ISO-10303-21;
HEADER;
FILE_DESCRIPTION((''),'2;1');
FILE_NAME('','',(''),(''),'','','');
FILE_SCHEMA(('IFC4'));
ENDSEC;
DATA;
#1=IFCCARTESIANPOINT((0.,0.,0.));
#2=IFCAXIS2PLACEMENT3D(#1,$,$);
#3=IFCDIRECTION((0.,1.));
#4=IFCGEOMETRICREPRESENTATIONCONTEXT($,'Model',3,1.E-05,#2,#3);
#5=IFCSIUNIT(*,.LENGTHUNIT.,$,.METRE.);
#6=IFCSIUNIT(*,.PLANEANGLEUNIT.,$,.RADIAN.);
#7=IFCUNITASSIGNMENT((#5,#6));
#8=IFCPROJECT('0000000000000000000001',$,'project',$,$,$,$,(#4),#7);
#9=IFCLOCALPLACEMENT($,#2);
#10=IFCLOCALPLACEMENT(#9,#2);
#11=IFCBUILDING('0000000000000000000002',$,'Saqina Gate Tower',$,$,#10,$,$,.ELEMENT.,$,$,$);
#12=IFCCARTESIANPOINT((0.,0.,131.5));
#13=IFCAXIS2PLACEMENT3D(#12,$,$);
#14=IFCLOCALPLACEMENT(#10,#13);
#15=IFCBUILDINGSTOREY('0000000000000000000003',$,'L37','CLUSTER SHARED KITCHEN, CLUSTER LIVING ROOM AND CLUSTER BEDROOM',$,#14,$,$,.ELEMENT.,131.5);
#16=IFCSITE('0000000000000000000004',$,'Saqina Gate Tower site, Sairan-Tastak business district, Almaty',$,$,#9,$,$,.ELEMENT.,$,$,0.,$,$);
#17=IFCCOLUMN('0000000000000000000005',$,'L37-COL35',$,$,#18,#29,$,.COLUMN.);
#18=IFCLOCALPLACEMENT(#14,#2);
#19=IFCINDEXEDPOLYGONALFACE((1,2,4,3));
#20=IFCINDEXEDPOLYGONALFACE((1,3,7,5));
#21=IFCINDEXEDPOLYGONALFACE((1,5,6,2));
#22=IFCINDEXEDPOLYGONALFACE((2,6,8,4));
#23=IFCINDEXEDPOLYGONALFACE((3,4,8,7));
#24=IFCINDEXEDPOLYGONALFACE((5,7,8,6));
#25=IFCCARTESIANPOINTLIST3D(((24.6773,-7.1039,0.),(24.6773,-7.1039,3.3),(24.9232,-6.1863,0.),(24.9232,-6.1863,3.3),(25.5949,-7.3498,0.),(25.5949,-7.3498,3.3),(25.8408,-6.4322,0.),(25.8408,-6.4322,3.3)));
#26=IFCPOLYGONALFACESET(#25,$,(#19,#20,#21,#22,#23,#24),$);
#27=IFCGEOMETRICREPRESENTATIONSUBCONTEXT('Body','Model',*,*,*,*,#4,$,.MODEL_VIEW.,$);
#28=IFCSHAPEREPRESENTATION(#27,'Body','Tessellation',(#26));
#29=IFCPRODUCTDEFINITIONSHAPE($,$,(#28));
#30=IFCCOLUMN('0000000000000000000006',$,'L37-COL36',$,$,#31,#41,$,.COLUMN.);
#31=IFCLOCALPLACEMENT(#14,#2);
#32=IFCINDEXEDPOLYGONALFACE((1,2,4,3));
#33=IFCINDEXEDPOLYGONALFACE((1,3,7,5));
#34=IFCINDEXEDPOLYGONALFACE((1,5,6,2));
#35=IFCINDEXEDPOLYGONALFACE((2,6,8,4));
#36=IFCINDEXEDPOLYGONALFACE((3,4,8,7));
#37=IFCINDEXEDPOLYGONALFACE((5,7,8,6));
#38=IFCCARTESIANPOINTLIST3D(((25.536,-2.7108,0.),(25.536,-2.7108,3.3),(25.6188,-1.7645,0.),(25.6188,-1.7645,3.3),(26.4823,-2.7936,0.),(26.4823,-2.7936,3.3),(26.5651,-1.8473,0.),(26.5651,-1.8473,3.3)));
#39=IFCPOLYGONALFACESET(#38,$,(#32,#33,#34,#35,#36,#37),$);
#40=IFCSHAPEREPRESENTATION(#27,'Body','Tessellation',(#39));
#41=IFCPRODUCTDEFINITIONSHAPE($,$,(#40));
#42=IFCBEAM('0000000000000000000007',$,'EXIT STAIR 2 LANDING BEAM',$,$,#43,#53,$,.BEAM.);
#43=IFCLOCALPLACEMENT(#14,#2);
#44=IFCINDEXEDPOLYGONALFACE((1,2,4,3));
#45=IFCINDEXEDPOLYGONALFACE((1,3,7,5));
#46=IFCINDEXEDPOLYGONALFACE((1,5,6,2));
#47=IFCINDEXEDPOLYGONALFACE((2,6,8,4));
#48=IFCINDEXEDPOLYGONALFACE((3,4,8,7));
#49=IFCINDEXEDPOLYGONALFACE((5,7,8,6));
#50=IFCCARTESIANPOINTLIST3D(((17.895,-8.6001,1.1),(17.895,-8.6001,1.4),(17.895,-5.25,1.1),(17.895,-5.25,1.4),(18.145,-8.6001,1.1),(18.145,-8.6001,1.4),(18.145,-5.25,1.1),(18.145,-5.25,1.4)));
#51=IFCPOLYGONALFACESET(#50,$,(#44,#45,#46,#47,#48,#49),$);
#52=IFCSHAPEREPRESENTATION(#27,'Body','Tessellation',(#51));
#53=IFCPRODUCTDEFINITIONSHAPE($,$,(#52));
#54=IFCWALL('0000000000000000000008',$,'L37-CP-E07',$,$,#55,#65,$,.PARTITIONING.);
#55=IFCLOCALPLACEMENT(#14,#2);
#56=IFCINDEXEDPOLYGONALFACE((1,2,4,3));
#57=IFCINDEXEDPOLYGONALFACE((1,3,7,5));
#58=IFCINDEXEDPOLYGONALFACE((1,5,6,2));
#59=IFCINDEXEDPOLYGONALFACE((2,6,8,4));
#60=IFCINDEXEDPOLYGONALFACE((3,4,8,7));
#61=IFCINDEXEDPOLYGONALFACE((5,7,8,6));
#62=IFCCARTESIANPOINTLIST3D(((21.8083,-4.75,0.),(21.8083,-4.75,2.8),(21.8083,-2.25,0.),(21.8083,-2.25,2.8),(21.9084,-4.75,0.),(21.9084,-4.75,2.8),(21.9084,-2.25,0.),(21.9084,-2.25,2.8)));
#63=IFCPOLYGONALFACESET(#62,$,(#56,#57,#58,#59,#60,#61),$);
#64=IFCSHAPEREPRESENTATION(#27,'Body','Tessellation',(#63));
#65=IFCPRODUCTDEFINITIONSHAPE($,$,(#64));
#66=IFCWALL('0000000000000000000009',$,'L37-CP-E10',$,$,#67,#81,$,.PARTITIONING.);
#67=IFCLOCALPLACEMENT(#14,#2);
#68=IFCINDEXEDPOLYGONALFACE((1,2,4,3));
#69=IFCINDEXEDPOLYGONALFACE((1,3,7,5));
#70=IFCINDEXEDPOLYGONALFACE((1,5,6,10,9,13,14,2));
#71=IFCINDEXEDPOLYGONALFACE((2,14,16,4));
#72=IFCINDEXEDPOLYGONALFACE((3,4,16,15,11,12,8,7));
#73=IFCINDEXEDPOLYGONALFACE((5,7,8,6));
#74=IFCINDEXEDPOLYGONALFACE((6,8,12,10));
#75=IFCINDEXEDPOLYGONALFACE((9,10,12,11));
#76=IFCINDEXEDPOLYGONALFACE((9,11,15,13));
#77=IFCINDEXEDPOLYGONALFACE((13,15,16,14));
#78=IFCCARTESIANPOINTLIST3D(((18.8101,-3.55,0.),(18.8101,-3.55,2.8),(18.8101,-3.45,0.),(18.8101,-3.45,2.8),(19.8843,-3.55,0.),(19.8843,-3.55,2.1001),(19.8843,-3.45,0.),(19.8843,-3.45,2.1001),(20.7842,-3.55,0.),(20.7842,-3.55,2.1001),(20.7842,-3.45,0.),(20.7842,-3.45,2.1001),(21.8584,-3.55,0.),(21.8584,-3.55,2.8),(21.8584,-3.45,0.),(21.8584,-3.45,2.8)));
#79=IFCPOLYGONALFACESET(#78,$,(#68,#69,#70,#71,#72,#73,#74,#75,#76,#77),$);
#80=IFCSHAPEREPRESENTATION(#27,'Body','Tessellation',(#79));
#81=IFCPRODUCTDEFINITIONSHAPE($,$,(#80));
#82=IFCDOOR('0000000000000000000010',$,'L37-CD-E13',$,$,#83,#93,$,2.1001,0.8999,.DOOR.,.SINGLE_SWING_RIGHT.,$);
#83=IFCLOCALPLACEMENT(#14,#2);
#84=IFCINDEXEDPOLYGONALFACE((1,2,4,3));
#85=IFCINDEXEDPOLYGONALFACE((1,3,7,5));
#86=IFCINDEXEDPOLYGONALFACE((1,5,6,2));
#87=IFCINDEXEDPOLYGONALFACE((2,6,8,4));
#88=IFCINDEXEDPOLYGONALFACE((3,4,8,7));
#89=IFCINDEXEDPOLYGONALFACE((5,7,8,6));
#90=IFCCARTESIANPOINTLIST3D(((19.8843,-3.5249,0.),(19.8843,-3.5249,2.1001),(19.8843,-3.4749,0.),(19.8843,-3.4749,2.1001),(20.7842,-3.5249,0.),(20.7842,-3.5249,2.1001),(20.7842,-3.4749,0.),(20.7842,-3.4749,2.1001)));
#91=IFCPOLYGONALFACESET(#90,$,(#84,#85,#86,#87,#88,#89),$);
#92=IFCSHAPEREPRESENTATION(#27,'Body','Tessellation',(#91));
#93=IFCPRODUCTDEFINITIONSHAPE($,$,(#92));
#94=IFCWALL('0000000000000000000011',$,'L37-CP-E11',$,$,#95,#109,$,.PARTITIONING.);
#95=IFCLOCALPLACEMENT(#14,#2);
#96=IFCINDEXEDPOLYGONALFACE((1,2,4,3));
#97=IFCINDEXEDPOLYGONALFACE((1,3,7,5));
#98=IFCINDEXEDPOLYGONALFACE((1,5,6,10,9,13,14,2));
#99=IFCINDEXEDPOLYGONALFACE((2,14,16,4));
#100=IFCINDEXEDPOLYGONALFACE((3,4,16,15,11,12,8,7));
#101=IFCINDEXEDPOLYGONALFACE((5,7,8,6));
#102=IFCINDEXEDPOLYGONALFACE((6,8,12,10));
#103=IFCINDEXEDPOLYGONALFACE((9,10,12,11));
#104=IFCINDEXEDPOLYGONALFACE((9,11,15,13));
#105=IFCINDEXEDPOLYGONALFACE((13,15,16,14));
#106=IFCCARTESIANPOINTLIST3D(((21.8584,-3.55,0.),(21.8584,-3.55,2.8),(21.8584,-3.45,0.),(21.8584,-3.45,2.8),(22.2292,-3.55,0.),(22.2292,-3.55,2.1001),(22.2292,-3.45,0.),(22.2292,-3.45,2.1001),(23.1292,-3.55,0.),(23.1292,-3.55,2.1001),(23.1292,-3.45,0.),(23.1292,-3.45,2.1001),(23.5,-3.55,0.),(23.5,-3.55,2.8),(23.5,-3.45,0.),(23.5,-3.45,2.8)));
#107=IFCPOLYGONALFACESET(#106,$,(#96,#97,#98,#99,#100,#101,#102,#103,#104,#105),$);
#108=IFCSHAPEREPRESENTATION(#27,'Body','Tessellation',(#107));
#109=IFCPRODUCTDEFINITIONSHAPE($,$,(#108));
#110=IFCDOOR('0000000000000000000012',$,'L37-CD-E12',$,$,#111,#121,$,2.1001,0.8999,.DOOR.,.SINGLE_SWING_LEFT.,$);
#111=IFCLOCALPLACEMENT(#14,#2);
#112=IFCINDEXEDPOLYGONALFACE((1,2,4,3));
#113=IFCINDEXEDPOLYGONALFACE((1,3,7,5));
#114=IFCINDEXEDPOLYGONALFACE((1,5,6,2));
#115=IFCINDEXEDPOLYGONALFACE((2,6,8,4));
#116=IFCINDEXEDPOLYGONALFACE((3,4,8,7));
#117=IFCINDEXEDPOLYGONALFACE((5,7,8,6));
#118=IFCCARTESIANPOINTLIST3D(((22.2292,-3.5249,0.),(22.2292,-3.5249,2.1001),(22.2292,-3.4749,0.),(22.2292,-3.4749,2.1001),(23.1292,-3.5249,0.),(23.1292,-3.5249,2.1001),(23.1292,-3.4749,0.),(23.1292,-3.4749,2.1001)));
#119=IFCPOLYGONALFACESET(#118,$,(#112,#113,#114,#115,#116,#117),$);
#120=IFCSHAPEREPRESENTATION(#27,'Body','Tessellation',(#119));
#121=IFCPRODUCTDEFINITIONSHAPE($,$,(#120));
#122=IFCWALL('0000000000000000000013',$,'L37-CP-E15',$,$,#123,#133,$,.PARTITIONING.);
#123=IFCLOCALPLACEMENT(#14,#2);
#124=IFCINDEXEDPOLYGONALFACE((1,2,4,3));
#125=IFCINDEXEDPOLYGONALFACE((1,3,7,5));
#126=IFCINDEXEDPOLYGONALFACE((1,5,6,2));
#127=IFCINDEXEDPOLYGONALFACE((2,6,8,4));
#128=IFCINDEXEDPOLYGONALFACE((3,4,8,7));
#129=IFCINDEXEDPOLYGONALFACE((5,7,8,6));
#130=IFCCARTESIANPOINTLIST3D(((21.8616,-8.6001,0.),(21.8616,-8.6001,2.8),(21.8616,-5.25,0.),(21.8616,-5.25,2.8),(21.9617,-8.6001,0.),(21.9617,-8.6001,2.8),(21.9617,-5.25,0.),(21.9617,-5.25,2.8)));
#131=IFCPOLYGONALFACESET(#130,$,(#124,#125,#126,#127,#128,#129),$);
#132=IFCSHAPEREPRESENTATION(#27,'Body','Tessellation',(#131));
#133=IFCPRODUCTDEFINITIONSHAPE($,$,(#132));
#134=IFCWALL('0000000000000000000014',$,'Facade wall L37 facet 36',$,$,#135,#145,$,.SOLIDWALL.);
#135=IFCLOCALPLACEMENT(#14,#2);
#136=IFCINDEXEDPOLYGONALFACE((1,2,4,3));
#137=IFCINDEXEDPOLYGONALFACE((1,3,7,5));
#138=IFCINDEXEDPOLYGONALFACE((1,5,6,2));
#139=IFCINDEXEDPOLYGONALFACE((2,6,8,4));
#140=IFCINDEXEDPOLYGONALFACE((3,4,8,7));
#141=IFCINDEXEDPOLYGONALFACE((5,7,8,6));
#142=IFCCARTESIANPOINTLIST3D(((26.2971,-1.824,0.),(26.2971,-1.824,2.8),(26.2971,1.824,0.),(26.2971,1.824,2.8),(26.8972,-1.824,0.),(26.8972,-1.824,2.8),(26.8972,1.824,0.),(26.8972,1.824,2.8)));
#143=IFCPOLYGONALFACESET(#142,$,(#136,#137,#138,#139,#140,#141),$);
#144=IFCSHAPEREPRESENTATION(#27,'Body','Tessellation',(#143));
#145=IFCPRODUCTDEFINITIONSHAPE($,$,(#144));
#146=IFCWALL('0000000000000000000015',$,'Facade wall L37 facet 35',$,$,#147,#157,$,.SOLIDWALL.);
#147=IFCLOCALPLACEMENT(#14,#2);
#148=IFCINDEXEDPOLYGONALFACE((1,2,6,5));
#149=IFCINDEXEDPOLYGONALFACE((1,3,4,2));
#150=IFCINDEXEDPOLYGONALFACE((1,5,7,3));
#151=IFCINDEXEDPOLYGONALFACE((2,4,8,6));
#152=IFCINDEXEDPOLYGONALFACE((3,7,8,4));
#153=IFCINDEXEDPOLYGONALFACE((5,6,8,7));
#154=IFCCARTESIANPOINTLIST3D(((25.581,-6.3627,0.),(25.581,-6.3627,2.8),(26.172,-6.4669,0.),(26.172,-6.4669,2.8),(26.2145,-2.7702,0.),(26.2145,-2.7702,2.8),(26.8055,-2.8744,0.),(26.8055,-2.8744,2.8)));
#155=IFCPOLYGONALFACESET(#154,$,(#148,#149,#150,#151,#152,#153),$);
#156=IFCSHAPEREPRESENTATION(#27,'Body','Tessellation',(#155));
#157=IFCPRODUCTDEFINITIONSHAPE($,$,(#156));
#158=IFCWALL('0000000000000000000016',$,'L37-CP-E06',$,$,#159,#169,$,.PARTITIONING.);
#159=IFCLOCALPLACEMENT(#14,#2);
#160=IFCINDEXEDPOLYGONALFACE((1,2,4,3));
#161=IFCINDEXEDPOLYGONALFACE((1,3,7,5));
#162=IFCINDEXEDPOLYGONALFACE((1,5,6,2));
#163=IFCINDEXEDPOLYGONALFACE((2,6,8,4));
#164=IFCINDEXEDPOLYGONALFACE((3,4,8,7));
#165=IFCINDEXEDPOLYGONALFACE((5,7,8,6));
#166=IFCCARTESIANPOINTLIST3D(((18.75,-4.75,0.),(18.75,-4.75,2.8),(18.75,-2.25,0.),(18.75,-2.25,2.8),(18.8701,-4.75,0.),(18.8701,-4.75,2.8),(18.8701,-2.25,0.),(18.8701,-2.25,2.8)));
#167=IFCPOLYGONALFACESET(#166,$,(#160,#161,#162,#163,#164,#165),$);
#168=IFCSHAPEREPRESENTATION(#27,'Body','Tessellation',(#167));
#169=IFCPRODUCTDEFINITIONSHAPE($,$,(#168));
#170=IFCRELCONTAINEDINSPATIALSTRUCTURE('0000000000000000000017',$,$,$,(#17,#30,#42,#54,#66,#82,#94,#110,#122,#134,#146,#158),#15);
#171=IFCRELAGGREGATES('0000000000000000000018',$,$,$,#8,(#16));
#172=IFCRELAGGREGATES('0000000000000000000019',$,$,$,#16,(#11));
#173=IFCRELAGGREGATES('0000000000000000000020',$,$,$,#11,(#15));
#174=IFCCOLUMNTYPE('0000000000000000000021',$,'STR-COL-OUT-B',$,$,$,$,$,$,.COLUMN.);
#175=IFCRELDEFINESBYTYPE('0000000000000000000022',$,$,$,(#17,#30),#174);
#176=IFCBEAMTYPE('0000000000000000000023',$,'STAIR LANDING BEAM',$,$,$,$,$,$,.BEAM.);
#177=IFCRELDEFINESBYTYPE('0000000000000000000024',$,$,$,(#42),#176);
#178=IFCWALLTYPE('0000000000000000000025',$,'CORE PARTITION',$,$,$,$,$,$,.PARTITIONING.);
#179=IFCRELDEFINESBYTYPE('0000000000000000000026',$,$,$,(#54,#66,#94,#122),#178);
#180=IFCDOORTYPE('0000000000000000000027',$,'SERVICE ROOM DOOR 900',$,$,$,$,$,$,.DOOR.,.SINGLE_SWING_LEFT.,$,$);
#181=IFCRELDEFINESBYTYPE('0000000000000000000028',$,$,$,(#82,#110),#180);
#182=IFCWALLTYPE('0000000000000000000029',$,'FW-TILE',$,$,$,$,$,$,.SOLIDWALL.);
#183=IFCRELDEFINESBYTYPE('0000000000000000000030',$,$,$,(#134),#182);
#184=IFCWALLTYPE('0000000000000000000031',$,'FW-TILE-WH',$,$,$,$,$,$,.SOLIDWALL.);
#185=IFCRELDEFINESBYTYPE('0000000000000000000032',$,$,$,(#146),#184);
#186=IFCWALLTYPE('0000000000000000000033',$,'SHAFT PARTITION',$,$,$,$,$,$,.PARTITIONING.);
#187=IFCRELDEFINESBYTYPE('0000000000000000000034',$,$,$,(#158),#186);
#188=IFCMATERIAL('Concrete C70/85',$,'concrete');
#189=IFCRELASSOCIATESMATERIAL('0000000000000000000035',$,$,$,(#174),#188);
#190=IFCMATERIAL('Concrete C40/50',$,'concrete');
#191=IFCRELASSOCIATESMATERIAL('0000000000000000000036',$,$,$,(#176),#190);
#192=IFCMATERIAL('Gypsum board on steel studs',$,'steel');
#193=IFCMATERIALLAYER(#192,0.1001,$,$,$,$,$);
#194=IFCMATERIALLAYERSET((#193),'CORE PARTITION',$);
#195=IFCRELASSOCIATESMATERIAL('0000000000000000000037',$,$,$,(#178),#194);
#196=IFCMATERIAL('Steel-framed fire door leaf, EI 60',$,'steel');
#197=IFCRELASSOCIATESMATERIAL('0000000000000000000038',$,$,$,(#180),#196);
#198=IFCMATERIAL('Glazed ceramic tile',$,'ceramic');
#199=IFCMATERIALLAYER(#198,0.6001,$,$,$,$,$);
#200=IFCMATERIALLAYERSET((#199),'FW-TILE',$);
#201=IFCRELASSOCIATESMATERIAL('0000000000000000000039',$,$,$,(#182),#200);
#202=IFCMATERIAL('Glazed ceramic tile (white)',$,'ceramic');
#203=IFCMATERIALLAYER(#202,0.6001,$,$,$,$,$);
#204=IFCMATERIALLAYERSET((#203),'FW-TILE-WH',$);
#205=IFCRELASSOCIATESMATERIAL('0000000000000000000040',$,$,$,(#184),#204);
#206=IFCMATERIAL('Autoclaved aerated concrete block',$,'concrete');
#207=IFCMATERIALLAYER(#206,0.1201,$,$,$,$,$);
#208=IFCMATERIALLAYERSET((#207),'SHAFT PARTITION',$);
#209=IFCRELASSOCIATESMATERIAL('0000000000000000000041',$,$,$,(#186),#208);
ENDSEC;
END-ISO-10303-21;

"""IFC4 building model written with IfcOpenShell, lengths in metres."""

from ifc_helpers import new_model, si_unit, direction, frame, frame_2d, origin, origin_2d, place, context, subcontext, project, spatial, rectangle, extrude, material, layer, layer_set, material_profile, profile_set, type_object, element, fill, save


model = new_model("IFC4")

# Units and contexts
model_context = context("Model", 3, precision=1e-05, world=origin(), true_north=direction((0.0, 1.0)))
body_context = subcontext(model_context, "Body", "Model", "MODEL_VIEW")
ifc_project = project(units=[si_unit("LENGTHUNIT", "METRE"), si_unit("PLANEANGLEUNIT", "RADIAN")], contexts=[model_context])

# Site, building, storey
site_placement = place(None, origin())
site = spatial("IfcSite", under=ifc_project, at=site_placement, Name="Saqina Gate Tower site, Sairan-Tastak business district, Almaty", CompositionType="ELEMENT", RefElevation=0.0)
building_placement = place(site_placement, origin())
building = spatial("IfcBuilding", under=site, at=building_placement, Name="Saqina Gate Tower", CompositionType="ELEMENT")
storey_placement = place(building_placement, frame((0.0, 0.0, 131.5)))
storey = spatial("IfcBuildingStorey", under=building, at=storey_placement, Name="L37", Description="CLUSTER SHARED KITCHEN, CLUSTER LIVING ROOM AND CLUSTER BEDROOM", CompositionType="ELEMENT", Elevation=131.5)

# Columns
ifc_material_1 = material(Name="Concrete C70/85", Category="concrete")
ifc_material_profile_1 = material_profile(ifc_material_1, rectangle(XDim=0.95, YDim=0.95, at=origin_2d()), Name="RC 950x950")
ifc_profile_set_1 = profile_set([ifc_material_profile_1], Name="Concrete C70/85")
column_type = type_object("IfcColumnType", Name="STR-COL-OUT-B", PredefinedType="COLUMN", material=ifc_profile_set_1)
for number, where, z_axis, x_axis, name in (
    (1, (25.259, -6.7681, 0.0), (0.0, 0.0, 1.0), (0.965926, -0.258819, 0.0), "L37-COL35"),
    (2, (26.0505, -2.2791, 0.0), (0.0, 0.0, 1.0), (0.996195, -0.087156, 0.0), "L37-COL36"),
):
    element("IfcColumn", number, at=place(storey_placement, frame(where, z_axis=z_axis, x_axis=x_axis)), inside=storey, type_object=column_type, Name=name, PredefinedType="COLUMN", context=body_context, shape_type="SweptSolid", body=[
        extrude(rectangle(XDim=0.95, YDim=0.95, at=origin_2d()), origin(), (0.0, 0.0, 1.0), 3.3),
    ])

# Beam
ifc_material_2 = material(Name="Concrete C40/50", Category="concrete")
ifc_material_profile_2 = material_profile(ifc_material_2, rectangle(XDim=0.25, YDim=0.3, at=origin_2d()), Name="STAIR LANDING BEAM")
ifc_profile_set_2 = profile_set([ifc_material_profile_2], Name="Concrete C40/50")
beam_type = type_object("IfcBeamType", Name="STAIR LANDING BEAM", PredefinedType="BEAM", material=ifc_profile_set_2)
beam_placement = place(storey_placement, frame((18.02, -8.6001, 1.25), z_axis=(0.0, 1.0, 0.0), x_axis=(-1.0, 0.0, 0.0)))
element("IfcBeam", 3, at=beam_placement, inside=storey, type_object=beam_type, Name="EXIT STAIR 2 LANDING BEAM", PredefinedType="BEAM", context=body_context, shape_type="SweptSolid", body=[
    extrude(rectangle(XDim=0.25, YDim=0.3, at=origin_2d()), origin(), (0.0, 0.0, 1.0), 3.3501),
])

# Wall
ifc_material_3 = material(Name="Gypsum board on steel studs", Category="steel")
ifc_layer_1 = layer(ifc_material_3, 0.1001)
ifc_layer_set_1 = layer_set([ifc_layer_1], Name="CORE PARTITION")
wall_type_1 = type_object("IfcWallType", Name="CORE PARTITION", PredefinedType="PARTITIONING", material=ifc_layer_set_1)
wall_1_placement = place(storey_placement, frame((21.8584, -4.75, 0.0), z_axis=(0.0, 0.0, 1.0), x_axis=(0.0, 1.0, 0.0)))
element("IfcWall", 4, at=wall_1_placement, inside=storey, type_object=wall_type_1, Name="L37-CP-E07", PredefinedType="PARTITIONING", context=body_context, shape_type="SweptSolid", body=[
    extrude(rectangle(XDim=2.5, YDim=0.1001, at=frame_2d((1.25, 0.0))), origin(), (0.0, 0.0, 1.0), 2.8),
])

# Walls, openings, doors
wall_2_placement = place(storey_placement, frame((18.8101, -3.5, 0.0), z_axis=(0.0, 0.0, 1.0), x_axis=(1.0, 0.0, 0.0)))
wall_2 = element("IfcWall", 5, at=wall_2_placement, inside=storey, type_object=wall_type_1, Name="L37-CP-E10", PredefinedType="PARTITIONING", context=body_context, shape_type="SweptSolid", body=[
    extrude(rectangle(XDim=3.0483, YDim=0.1001, at=frame_2d((1.5242, 0.0))), origin(), (0.0, 0.0, 1.0), 2.8),
])
opening_1_placement = place(wall_2_placement, frame((1.0742, 0.0, 0.0)))
opening_1 = element("IfcOpeningElement", 6, at=opening_1_placement, cuts=wall_2, PredefinedType="OPENING", context=body_context, shape_type="SweptSolid", body=[
    extrude(rectangle(XDim=0.8999, YDim=2.1001, at=frame_2d((0.45, 1.05))), frame((0.0, 0.062, 0.0), z_axis=(0.0, -1.0, 0.0), x_axis=(1.0, 0.0, 0.0)), (0.0, 0.0, 1.0), 0.124),
])
ifc_material_4 = material(Name="Steel-framed fire door leaf, EI 60", Category="steel")
door_type = type_object("IfcDoorType", Name="SERVICE ROOM DOOR 900", OperationType="SINGLE_SWING_LEFT", PredefinedType="DOOR", material=ifc_material_4)
door_1_placement = place(opening_1_placement, frame((0.8999, 0.0, 0.0), z_axis=(0.0, 0.0, 1.0), x_axis=(-1.0, 0.0, 0.0)))
door_1 = element("IfcDoor", 7, at=door_1_placement, inside=storey, type_object=door_type, Name="L37-CD-E13", OperationType="SINGLE_SWING_RIGHT", OverallHeight=2.1001, OverallWidth=0.8999, PredefinedType="DOOR", context=body_context, shape_type="SweptSolid", body=[
    extrude(rectangle(XDim=0.8999, YDim=2.1001, at=frame_2d((0.45, 1.05))), frame((0.0, 0.0249, 0.0), z_axis=(0.0, -1.0, 0.0), x_axis=(1.0, 0.0, 0.0)), (0.0, 0.0, 1.0), 0.05),
])
fill(opening_1, door_1)
wall_3_placement = place(storey_placement, frame((21.8584, -3.5, 0.0), z_axis=(0.0, 0.0, 1.0), x_axis=(1.0, 0.0, 0.0)))
wall_3 = element("IfcWall", 8, at=wall_3_placement, inside=storey, type_object=wall_type_1, Name="L37-CP-E11", PredefinedType="PARTITIONING", context=body_context, shape_type="SweptSolid", body=[
    extrude(rectangle(XDim=1.6416, YDim=0.1001, at=frame_2d((0.8208, 0.0))), origin(), (0.0, 0.0, 1.0), 2.8),
])
opening_2_placement = place(wall_3_placement, frame((0.3708, 0.0, 0.0)))
opening_2 = element("IfcOpeningElement", 9, at=opening_2_placement, cuts=wall_3, PredefinedType="OPENING", context=body_context, shape_type="SweptSolid", body=[
    extrude(rectangle(XDim=0.8999, YDim=2.1001, at=frame_2d((0.45, 1.05))), frame((0.0, 0.062, 0.0), z_axis=(0.0, -1.0, 0.0), x_axis=(1.0, 0.0, 0.0)), (0.0, 0.0, 1.0), 0.124),
])
door_2_placement = place(opening_2_placement, frame((0.8999, 0.0, 0.0), z_axis=(0.0, 0.0, 1.0), x_axis=(-1.0, 0.0, 0.0)))
door_2 = element("IfcDoor", 10, at=door_2_placement, inside=storey, type_object=door_type, Name="L37-CD-E12", OperationType="SINGLE_SWING_LEFT", OverallHeight=2.1001, OverallWidth=0.8999, PredefinedType="DOOR", context=body_context, shape_type="SweptSolid", body=[
    extrude(rectangle(XDim=0.8999, YDim=2.1001, at=frame_2d((0.45, 1.05))), frame((0.0, 0.0249, 0.0), z_axis=(0.0, -1.0, 0.0), x_axis=(1.0, 0.0, 0.0)), (0.0, 0.0, 1.0), 0.05),
])
fill(opening_2, door_2)

# Walls
wall_4_placement = place(storey_placement, frame((21.9116, -8.6001, 0.0), z_axis=(0.0, 0.0, 1.0), x_axis=(0.0, 1.0, 0.0)))
element("IfcWall", 11, at=wall_4_placement, inside=storey, type_object=wall_type_1, Name="L37-CP-E15", PredefinedType="PARTITIONING", context=body_context, shape_type="SweptSolid", body=[
    extrude(rectangle(XDim=3.3501, YDim=0.1001, at=frame_2d((1.675, 0.0))), origin(), (0.0, 0.0, 1.0), 2.8),
])
ifc_material_5 = material(Name="Glazed ceramic tile", Category="ceramic")
ifc_layer_2 = layer(ifc_material_5, 0.6001)
ifc_layer_set_2 = layer_set([ifc_layer_2], Name="FW-TILE")
wall_type_2 = type_object("IfcWallType", Name="FW-TILE", PredefinedType="SOLIDWALL", material=ifc_layer_set_2)
wall_5_placement = place(storey_placement, frame((26.5972, -1.824, 0.0), z_axis=(0.0, 0.0, 1.0), x_axis=(0.0, 1.0, 0.0)))
element("IfcWall", 12, at=wall_5_placement, inside=storey, type_object=wall_type_2, Name="Facade wall L37 facet 36", PredefinedType="SOLIDWALL", context=body_context, shape_type="SweptSolid", body=[
    extrude(rectangle(XDim=3.6479, YDim=0.6001, at=frame_2d((1.824, 0.0))), origin(), (0.0, 0.0, 1.0), 2.8),
])
ifc_material_6 = material(Name="Glazed ceramic tile (white)", Category="ceramic")
ifc_layer_3 = layer(ifc_material_6, 0.6001)
ifc_layer_set_3 = layer_set([ifc_layer_3], Name="FW-TILE-WH")
wall_type_3 = type_object("IfcWallType", Name="FW-TILE-WH", PredefinedType="SOLIDWALL", material=ifc_layer_set_3)
wall_6_placement = place(storey_placement, frame((25.8765, -6.4148, 0.0), z_axis=(0.0, 0.0, 1.0), x_axis=(0.173671, 0.984804, 0.0)))
element("IfcWall", 13, at=wall_6_placement, inside=storey, type_object=wall_type_3, Name="Facade wall L37 facet 35", PredefinedType="SOLIDWALL", context=body_context, shape_type="SweptSolid", body=[
    extrude(rectangle(XDim=3.6479, YDim=0.6001, at=frame_2d((1.824, 0.0))), origin(), (0.0, 0.0, 1.0), 2.8),
])
ifc_material_7 = material(Name="Autoclaved aerated concrete block", Category="concrete")
ifc_layer_4 = layer(ifc_material_7, 0.1201)
ifc_layer_set_4 = layer_set([ifc_layer_4], Name="SHAFT PARTITION")
wall_type_4 = type_object("IfcWallType", Name="SHAFT PARTITION", PredefinedType="PARTITIONING", material=ifc_layer_set_4)
wall_7_placement = place(storey_placement, frame((18.8101, -4.75, 0.0), z_axis=(0.0, 0.0, 1.0), x_axis=(0.0, 1.0, 0.0)))
element("IfcWall", 14, at=wall_7_placement, inside=storey, type_object=wall_type_4, Name="L37-CP-E06", PredefinedType="PARTITIONING", context=body_context, shape_type="SweptSolid", body=[
    extrude(rectangle(XDim=2.5, YDim=0.1201, at=frame_2d((1.25, 0.0))), origin(), (0.0, 0.0, 1.0), 2.8),
])

save(model, "model.ifc")
